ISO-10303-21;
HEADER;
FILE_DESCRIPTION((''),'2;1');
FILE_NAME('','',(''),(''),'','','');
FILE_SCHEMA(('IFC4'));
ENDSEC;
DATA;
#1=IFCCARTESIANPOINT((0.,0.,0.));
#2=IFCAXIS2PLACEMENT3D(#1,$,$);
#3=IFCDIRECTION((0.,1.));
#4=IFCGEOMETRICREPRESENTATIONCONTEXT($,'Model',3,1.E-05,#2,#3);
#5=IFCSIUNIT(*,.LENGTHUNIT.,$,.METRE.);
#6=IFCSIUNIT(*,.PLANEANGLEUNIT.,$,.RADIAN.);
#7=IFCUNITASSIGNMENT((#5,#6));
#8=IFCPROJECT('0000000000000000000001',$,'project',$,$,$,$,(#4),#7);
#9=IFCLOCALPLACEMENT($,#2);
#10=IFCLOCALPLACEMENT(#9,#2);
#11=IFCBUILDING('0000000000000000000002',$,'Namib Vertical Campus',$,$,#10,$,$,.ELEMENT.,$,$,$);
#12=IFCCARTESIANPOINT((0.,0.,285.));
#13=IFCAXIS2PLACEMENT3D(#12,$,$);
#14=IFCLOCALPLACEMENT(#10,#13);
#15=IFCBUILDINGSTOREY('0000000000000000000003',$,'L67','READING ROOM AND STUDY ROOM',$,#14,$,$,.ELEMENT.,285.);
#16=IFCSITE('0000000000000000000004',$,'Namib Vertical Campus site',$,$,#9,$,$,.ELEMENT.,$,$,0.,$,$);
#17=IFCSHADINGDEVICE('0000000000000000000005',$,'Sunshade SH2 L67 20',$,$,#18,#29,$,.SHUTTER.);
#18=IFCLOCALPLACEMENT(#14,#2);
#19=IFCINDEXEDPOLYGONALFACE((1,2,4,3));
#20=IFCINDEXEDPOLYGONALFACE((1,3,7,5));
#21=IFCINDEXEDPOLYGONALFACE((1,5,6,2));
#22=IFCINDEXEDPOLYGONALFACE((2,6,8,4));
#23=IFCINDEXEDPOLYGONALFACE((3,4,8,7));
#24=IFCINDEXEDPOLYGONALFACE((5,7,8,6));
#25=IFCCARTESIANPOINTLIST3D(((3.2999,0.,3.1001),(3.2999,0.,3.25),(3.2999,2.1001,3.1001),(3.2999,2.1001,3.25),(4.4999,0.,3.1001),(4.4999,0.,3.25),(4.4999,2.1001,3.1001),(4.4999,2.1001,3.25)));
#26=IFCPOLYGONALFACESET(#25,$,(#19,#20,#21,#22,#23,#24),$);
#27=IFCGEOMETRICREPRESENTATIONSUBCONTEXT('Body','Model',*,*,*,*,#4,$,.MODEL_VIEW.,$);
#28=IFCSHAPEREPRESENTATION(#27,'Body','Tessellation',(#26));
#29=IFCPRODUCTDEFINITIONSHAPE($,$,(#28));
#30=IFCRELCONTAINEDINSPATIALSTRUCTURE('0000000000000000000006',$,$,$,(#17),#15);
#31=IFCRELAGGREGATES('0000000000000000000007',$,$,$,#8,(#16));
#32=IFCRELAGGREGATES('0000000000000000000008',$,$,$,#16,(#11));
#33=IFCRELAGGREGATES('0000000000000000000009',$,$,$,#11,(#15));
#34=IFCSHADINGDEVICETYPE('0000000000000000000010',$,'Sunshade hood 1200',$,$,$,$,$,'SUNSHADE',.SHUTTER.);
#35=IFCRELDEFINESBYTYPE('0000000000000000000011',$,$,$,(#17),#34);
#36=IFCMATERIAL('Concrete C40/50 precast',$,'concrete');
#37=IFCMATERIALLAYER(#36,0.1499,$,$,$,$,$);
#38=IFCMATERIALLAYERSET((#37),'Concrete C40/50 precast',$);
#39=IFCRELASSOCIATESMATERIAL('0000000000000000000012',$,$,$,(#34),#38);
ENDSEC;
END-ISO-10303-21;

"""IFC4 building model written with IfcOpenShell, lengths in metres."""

from ifc_helpers import new_model, si_unit, direction, frame, origin, origin_2d, place, context, subcontext, project, spatial, rectangle, extrude, material, layer, layer_set, type_object, element, save


model = new_model("IFC4")

# Units and contexts
model_context = context("Model", 3, precision=1e-05, world=origin(), true_north=direction((0.0, 1.0)))
body_context = subcontext(model_context, "Body", "Model", "MODEL_VIEW")
ifc_project = project(units=[si_unit("LENGTHUNIT", "METRE"), si_unit("PLANEANGLEUNIT", "RADIAN")], contexts=[model_context])

# Site, building, storey
site_placement = place(None, origin())
site = spatial("IfcSite", under=ifc_project, at=site_placement, Name="Namib Vertical Campus site", CompositionType="ELEMENT", RefElevation=0.0)
building_placement = place(site_placement, origin())
building = spatial("IfcBuilding", under=site, at=building_placement, Name="Namib Vertical Campus", CompositionType="ELEMENT")
storey_placement = place(building_placement, frame((0.0, 0.0, 285.0)))
storey = spatial("IfcBuildingStorey", under=building, at=storey_placement, Name="L67", Description="READING ROOM AND STUDY ROOM", CompositionType="ELEMENT", Elevation=285.0)

# Shading device
ifc_material_1 = material(Name="Concrete C40/50 precast", Category="concrete")
ifc_layer_1 = layer(ifc_material_1, 0.1499)
ifc_layer_set_1 = layer_set([ifc_layer_1], Name="Concrete C40/50 precast")
shading_device_type = type_object("IfcShadingDeviceType", Name="Sunshade hood 1200", ElementType="SUNSHADE", PredefinedType="SHUTTER", material=ifc_layer_set_1)
for number, where, z_axis, x_axis, name in (
    (1, (3.8999, 1.05, 3.1001), (0.0, 0.0, 1.0), (0.0, -1.0, 0.0), "Sunshade SH2 L67 20"),
):
    element("IfcShadingDevice", number, at=place(storey_placement, frame(where, z_axis=z_axis, x_axis=x_axis)), inside=storey, type_object=shading_device_type, Name=name, PredefinedType="SHUTTER", context=body_context, shape_type="SweptSolid", body=[
        extrude(rectangle(XDim=2.1001, YDim=1.2, at=origin_2d()), origin(), (0.0, 0.0, 1.0), 0.1499),
    ])

save(model, "model.ifc")
